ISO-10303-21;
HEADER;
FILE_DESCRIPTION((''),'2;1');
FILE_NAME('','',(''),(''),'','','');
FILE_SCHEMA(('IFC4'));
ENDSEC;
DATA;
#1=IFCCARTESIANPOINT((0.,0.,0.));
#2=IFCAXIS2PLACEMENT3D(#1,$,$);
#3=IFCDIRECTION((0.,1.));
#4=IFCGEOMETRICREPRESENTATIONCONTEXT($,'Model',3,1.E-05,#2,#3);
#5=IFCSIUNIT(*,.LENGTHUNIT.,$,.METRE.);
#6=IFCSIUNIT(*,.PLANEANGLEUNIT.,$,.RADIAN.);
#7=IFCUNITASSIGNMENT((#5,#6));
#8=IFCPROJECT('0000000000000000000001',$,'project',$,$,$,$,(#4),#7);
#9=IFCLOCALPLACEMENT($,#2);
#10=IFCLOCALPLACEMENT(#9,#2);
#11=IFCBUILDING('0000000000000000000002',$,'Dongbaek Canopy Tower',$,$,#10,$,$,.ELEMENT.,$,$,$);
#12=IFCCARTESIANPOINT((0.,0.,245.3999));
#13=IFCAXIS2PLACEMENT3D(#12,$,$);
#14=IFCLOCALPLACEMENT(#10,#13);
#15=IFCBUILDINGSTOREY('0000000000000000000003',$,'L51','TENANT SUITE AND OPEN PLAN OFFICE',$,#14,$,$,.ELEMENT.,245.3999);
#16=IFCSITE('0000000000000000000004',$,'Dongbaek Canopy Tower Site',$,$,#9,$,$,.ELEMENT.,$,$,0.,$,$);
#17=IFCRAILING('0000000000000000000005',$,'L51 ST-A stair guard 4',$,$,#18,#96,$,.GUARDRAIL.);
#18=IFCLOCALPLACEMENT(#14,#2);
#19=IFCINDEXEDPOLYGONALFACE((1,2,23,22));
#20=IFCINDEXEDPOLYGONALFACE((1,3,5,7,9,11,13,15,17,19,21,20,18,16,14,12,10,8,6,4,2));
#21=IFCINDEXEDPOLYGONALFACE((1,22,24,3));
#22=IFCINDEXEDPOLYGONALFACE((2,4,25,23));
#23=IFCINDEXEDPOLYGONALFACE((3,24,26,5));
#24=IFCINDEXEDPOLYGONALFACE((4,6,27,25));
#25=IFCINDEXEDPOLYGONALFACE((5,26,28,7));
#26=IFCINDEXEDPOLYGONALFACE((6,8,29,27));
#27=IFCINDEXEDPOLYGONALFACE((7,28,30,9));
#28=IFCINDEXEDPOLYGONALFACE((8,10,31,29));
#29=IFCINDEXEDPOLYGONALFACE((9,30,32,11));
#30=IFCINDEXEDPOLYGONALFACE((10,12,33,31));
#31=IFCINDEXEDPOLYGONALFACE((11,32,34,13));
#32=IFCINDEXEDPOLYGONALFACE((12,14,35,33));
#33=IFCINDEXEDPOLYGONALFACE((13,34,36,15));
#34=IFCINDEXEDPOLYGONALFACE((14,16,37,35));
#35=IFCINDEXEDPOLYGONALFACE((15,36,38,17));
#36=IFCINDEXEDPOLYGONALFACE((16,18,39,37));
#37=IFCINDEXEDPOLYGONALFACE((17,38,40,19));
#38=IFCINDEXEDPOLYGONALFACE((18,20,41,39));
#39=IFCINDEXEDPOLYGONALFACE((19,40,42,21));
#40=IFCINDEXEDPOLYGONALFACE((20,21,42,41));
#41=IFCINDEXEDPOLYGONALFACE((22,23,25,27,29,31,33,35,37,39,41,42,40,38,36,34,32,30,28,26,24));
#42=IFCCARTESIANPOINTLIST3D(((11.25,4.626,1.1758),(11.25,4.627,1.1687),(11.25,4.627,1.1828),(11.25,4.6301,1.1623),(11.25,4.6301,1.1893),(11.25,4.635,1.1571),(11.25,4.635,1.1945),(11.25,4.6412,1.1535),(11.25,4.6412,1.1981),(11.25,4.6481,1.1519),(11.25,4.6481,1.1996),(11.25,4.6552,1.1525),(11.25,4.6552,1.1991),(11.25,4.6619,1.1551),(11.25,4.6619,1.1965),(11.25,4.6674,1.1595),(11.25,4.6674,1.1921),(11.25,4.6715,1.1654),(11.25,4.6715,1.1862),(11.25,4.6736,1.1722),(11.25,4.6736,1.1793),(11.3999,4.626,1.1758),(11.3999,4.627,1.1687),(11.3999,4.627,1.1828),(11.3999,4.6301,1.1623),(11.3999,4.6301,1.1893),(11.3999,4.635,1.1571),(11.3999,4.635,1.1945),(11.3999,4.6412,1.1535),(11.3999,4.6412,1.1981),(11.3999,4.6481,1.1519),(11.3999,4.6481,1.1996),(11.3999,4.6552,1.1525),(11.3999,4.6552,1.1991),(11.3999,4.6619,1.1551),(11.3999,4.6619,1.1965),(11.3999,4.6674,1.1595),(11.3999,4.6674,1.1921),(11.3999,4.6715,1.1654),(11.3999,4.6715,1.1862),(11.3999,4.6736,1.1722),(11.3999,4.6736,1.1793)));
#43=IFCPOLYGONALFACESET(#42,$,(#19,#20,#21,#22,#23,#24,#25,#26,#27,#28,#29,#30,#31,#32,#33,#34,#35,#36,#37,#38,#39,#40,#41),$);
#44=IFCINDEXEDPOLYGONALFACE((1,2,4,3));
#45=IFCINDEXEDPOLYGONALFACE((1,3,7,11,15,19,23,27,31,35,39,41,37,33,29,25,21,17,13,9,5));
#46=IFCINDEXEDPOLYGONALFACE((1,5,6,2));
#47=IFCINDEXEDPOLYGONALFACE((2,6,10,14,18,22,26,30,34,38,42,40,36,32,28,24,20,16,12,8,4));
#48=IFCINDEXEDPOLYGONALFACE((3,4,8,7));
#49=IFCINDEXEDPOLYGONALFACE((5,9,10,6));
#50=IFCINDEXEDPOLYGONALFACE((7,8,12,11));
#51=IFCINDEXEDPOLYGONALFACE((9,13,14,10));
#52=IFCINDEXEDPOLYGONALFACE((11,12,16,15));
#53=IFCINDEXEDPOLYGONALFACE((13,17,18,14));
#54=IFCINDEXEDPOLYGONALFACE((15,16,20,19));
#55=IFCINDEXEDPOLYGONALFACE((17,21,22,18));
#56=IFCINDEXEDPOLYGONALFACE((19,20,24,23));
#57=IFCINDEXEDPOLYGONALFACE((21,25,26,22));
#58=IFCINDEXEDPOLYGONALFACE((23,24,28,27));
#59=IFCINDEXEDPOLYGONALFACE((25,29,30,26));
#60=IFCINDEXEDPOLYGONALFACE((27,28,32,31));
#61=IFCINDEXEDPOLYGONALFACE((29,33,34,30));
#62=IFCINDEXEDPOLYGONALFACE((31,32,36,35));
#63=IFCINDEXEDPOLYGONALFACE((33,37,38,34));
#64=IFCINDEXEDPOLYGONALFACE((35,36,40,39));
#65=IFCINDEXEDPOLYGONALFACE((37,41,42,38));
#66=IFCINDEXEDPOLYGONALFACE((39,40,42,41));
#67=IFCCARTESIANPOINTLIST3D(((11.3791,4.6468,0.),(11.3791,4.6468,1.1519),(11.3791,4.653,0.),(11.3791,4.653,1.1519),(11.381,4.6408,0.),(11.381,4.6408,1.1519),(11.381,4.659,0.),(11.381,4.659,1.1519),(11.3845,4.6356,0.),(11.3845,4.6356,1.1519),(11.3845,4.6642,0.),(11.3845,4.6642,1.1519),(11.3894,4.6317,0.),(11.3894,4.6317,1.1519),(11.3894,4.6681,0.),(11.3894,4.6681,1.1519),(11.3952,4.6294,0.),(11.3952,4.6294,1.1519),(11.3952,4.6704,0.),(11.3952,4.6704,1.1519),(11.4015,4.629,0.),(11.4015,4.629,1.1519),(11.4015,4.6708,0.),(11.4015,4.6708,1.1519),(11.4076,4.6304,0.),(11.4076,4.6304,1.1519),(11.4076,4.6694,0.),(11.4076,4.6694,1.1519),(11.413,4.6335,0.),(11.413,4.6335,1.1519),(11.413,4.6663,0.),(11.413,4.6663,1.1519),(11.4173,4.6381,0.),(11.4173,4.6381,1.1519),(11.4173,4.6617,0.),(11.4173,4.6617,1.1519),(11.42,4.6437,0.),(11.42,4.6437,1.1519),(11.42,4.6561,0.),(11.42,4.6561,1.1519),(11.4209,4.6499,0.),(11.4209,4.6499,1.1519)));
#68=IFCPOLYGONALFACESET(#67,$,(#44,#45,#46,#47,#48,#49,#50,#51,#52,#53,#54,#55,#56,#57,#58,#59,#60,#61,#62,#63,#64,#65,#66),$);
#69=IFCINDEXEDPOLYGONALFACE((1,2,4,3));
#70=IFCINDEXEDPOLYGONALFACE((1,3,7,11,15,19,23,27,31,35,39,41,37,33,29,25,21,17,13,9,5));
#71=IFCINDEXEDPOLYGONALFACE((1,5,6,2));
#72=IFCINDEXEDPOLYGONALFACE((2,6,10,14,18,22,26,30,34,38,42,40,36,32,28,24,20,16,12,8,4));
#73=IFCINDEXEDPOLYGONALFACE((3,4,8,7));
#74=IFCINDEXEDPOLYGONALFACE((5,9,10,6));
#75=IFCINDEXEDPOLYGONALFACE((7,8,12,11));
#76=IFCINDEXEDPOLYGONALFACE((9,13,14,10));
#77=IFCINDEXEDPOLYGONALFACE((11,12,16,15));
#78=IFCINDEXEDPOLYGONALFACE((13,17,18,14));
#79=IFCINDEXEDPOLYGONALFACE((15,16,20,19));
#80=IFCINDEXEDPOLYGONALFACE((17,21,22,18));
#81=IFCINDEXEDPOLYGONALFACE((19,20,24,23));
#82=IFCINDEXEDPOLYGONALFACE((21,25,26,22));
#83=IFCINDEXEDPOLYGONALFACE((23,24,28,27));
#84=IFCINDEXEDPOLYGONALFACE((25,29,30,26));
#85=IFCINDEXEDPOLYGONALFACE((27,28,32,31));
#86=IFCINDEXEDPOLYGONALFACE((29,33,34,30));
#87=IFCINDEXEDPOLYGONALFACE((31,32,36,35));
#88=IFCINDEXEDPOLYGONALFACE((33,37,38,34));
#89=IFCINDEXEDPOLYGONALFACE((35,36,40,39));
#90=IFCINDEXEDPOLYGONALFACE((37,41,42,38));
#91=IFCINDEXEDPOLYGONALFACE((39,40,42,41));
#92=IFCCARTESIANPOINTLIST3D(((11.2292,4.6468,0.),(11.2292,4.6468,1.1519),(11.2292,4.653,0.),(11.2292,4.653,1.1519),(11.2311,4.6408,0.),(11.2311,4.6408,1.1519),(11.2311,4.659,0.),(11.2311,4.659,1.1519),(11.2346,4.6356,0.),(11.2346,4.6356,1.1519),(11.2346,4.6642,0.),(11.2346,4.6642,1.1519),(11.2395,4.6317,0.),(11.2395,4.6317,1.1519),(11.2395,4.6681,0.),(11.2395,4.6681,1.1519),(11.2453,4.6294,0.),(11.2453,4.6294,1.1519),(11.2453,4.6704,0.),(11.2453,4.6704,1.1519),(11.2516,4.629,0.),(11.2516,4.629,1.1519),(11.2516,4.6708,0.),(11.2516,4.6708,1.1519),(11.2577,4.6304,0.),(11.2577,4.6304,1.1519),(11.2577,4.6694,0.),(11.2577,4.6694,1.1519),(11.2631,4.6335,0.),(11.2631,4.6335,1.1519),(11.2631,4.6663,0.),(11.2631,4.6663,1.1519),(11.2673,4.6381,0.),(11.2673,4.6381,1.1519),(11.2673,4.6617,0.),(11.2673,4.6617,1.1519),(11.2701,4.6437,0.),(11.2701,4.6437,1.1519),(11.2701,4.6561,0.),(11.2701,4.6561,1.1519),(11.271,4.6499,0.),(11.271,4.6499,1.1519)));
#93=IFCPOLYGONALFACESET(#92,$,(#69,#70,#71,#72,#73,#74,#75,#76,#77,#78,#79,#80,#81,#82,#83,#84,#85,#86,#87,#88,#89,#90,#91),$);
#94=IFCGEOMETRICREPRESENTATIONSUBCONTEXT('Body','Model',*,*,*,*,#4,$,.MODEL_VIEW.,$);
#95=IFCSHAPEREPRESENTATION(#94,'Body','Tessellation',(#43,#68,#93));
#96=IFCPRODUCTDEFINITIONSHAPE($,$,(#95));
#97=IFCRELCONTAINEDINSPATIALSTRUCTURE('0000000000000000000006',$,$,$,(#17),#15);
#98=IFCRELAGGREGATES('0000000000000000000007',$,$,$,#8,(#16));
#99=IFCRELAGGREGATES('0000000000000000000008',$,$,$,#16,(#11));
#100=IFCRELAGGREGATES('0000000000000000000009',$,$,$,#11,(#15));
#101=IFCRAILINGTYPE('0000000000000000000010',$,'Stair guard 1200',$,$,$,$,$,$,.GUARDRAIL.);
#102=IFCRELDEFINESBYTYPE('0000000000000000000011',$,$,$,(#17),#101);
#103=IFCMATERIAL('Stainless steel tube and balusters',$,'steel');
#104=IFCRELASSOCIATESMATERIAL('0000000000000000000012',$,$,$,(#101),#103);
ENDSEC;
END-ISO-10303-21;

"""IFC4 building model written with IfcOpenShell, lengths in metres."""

from ifc_helpers import new_model, si_unit, direction, frame, origin, origin_2d, place, context, subcontext, project, spatial, circle, extrude, material, type_object, element, save


model = new_model("IFC4")

# Units and contexts
model_context = context("Model", 3, precision=1e-05, world=origin(), true_north=direction((0.0, 1.0)))
body_context = subcontext(model_context, "Body", "Model", "MODEL_VIEW")
ifc_project = project(units=[si_unit("LENGTHUNIT", "METRE"), si_unit("PLANEANGLEUNIT", "RADIAN")], contexts=[model_context])

# Site, building, storey
site_placement = place(None, origin())
site = spatial("IfcSite", under=ifc_project, at=site_placement, Name="Dongbaek Canopy Tower Site", CompositionType="ELEMENT", RefElevation=0.0)
building_placement = place(site_placement, origin())
building = spatial("IfcBuilding", under=site, at=building_placement, Name="Dongbaek Canopy Tower", CompositionType="ELEMENT")
storey_placement = place(building_placement, frame((0.0, 0.0, 245.3999)))
storey = spatial("IfcBuildingStorey", under=building, at=storey_placement, Name="L51", Description="TENANT SUITE AND OPEN PLAN OFFICE", CompositionType="ELEMENT", Elevation=245.3999)

# Railing
ifc_material_1 = material(Name="Stainless steel tube and balusters", Category="steel")
railing_type_1 = type_object("IfcRailingType", Name="Stair guard 1200", PredefinedType="GUARDRAIL", material=ifc_material_1)
railing_1_placement = place(storey_placement, frame((11.3999, 4.6499, 0.0)))
element("IfcRailing", 1, at=railing_1_placement, inside=storey, type_object=railing_type_1, Name="L51 ST-A stair guard 4", PredefinedType="GUARDRAIL", context=body_context, shape_type="SweptSolid", body=[
    extrude(circle(Radius=0.0239, at=origin_2d()), frame((0.0, 0.0, 1.1758), z_axis=(-1.0, 0.0, 0.0), x_axis=(0.0, -1.0, 0.0)), (0.0, 0.0, 1.0), 0.1499),
    extrude(circle(Radius=0.021, at=origin_2d()), origin(), (0.0, 0.0, 1.0), 1.1519),
    extrude(circle(Radius=0.021, at=origin_2d()), frame((-0.1499, 0.0, 0.0)), (0.0, 0.0, 1.0), 1.1519),
])

save(model, "model.ifc")
